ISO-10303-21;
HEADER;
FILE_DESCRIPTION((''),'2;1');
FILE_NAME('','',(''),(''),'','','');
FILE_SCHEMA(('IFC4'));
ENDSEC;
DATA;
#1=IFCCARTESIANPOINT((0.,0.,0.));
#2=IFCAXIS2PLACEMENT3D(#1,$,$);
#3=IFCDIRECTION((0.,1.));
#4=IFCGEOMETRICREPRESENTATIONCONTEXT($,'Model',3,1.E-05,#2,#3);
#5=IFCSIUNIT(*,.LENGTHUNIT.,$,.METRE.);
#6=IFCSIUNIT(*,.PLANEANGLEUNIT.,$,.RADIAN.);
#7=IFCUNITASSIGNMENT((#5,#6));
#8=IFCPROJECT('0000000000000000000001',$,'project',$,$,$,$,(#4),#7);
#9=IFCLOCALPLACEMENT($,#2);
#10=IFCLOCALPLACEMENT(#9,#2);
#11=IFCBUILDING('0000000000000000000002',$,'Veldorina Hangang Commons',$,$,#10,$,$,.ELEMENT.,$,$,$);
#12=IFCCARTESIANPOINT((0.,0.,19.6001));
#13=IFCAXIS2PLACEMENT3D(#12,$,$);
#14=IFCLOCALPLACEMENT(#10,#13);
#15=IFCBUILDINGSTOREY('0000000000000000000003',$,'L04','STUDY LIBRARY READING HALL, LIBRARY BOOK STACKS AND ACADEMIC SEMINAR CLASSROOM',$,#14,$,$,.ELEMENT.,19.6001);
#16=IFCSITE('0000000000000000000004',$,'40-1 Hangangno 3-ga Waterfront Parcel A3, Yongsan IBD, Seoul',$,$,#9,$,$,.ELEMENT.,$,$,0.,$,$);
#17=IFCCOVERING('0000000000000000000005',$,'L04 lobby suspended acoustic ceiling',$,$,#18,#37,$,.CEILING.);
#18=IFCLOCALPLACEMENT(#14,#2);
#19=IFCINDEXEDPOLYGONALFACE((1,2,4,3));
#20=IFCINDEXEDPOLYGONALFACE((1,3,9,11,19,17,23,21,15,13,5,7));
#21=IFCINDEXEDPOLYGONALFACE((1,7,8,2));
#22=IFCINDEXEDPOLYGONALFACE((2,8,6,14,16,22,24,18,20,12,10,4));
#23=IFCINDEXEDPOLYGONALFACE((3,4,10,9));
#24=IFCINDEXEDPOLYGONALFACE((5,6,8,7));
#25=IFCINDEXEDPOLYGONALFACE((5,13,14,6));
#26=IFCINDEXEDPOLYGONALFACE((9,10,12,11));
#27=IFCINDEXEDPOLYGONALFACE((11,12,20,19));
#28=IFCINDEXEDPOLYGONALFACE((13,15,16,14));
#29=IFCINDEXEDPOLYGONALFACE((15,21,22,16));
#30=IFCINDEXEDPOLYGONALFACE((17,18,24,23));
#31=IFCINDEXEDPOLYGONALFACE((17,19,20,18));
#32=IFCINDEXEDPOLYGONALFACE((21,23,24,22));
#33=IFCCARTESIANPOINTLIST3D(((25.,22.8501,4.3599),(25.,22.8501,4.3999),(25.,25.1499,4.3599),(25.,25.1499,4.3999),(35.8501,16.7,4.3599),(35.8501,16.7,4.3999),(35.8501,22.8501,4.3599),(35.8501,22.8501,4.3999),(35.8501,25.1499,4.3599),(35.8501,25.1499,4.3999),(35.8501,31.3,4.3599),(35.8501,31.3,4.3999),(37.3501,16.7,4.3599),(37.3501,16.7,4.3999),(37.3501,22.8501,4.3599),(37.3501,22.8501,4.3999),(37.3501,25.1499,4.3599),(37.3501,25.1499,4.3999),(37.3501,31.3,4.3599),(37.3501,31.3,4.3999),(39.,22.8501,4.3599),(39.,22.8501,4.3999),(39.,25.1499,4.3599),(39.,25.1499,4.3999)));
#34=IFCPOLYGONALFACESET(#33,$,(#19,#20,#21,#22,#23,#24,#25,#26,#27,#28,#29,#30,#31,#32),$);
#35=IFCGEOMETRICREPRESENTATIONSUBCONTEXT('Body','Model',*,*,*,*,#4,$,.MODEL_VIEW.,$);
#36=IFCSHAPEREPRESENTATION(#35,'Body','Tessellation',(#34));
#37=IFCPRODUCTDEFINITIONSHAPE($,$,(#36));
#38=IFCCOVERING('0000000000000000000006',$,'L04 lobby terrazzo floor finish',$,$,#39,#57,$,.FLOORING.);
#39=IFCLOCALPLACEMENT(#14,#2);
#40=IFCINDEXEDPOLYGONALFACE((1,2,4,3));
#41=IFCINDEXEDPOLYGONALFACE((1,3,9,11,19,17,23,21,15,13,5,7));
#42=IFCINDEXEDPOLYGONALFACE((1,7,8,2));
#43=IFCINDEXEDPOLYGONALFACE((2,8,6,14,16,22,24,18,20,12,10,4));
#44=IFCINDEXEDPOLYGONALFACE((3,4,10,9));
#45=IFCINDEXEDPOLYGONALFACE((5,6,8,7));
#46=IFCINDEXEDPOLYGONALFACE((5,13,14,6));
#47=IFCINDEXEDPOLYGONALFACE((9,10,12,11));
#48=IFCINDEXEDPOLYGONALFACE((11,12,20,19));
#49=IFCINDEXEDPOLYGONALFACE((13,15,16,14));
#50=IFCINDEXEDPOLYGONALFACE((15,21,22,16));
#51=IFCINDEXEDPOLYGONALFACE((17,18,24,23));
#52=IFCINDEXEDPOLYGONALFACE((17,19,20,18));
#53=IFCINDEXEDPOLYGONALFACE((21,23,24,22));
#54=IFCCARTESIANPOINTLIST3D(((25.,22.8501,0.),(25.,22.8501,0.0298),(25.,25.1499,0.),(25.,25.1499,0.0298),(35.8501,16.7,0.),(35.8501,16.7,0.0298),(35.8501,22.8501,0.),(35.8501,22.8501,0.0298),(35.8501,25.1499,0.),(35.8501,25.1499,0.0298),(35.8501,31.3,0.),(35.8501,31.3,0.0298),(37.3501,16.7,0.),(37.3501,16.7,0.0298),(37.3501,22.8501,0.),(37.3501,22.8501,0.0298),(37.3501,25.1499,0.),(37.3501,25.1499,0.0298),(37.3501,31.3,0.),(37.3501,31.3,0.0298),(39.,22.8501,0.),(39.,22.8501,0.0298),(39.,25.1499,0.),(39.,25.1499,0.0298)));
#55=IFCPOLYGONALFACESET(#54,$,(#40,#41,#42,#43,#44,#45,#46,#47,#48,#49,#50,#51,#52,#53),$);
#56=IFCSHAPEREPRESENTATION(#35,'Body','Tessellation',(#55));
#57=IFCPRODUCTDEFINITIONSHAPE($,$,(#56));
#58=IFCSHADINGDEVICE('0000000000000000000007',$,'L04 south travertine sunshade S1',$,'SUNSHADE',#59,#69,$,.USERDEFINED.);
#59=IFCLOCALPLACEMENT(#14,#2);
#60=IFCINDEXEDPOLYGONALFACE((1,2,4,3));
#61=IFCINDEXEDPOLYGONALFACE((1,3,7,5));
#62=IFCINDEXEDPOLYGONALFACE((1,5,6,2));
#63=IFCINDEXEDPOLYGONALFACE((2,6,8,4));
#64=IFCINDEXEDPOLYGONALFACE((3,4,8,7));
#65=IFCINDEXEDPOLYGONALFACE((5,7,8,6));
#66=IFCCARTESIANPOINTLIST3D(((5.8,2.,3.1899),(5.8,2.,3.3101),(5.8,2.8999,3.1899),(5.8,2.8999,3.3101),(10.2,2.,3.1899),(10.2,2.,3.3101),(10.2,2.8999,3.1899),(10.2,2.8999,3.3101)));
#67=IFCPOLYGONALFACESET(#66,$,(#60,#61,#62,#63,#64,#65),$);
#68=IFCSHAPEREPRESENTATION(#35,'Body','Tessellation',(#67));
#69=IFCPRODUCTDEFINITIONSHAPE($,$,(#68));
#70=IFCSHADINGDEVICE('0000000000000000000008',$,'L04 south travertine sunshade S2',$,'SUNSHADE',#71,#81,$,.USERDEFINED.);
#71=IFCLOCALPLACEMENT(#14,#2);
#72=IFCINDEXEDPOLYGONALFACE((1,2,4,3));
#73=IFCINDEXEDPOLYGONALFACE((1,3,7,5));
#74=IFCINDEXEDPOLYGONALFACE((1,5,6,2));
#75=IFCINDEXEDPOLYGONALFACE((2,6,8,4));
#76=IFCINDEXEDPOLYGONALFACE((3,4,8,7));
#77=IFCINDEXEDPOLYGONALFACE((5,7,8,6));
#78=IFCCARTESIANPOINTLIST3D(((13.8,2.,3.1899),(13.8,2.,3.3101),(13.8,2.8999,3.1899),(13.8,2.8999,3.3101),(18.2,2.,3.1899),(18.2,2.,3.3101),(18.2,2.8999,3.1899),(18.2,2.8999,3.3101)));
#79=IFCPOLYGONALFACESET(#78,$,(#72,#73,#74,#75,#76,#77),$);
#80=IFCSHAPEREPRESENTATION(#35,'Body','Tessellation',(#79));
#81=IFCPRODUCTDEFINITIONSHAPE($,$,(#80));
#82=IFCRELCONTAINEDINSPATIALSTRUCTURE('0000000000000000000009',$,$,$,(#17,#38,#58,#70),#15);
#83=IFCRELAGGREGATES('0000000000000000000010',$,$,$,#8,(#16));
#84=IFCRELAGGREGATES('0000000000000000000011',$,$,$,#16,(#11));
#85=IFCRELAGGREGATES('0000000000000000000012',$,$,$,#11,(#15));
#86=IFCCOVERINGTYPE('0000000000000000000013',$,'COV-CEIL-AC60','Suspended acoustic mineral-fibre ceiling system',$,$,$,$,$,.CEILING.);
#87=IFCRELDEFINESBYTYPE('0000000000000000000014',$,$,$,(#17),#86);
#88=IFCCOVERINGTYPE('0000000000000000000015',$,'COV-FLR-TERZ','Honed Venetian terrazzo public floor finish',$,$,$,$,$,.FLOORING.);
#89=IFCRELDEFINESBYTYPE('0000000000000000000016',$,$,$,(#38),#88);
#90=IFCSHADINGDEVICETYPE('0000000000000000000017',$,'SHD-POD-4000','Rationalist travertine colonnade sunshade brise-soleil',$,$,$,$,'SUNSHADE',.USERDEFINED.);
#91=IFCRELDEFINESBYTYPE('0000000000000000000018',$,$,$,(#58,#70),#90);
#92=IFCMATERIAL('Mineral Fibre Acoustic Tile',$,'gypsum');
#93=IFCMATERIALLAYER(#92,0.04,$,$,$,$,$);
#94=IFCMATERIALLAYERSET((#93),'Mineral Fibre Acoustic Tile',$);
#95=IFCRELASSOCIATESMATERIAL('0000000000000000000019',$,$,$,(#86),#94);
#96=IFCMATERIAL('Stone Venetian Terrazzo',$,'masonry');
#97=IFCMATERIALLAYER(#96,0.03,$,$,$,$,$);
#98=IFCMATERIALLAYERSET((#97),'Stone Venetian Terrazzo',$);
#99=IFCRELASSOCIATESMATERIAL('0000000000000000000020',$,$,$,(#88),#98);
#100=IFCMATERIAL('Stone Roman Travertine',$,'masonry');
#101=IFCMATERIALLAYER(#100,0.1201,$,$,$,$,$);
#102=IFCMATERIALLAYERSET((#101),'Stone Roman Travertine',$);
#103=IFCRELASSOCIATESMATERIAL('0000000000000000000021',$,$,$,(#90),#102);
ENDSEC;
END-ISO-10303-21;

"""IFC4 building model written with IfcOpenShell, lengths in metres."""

from ifc_helpers import new_model, si_unit, direction, frame, origin, origin_2d, place, context, subcontext, project, spatial, polyline, rectangle, outline, extrude, material, layer, layer_set, type_object, element, save


model = new_model("IFC4")

# Units and contexts
model_context = context("Model", 3, precision=1e-05, world=origin(), true_north=direction((0.0, 1.0)))
body_context = subcontext(model_context, "Body", "Model", "MODEL_VIEW")
ifc_project = project(units=[si_unit("LENGTHUNIT", "METRE"), si_unit("PLANEANGLEUNIT", "RADIAN")], contexts=[model_context])

# Site, building, storey
site_placement = place(None, origin())
site = spatial("IfcSite", under=ifc_project, at=site_placement, Name="40-1 Hangangno 3-ga Waterfront Parcel A3, Yongsan IBD, Seoul", CompositionType="ELEMENT", RefElevation=0.0)
building_placement = place(site_placement, origin())
building = spatial("IfcBuilding", under=site, at=building_placement, Name="Veldorina Hangang Commons", CompositionType="ELEMENT")
storey_placement = place(building_placement, frame((0.0, 0.0, 19.6001)))
storey = spatial("IfcBuildingStorey", under=building, at=storey_placement, Name="L04", Description="STUDY LIBRARY READING HALL, LIBRARY BOOK STACKS AND ACADEMIC SEMINAR CLASSROOM", CompositionType="ELEMENT", Elevation=19.6001)

# Shared definitions
ifc_material_1 = material(Name="Stone Roman Travertine", Category="masonry")

# Coverings
ifc_material_2 = material(Name="Mineral Fibre Acoustic Tile", Category="gypsum")
ifc_layer_1 = layer(ifc_material_2, 0.04)
ifc_layer_set_1 = layer_set([ifc_layer_1], Name="Mineral Fibre Acoustic Tile")
covering_type_1 = type_object("IfcCoveringType", Name="COV-CEIL-AC60", Description="Suspended acoustic mineral-fibre ceiling system", PredefinedType="CEILING", material=ifc_layer_set_1)
covering_1_placement = place(storey_placement, frame((0.0, 0.0, 4.3599)))
element("IfcCovering", 1, at=covering_1_placement, inside=storey, type_object=covering_type_1, Name="L04 lobby suspended acoustic ceiling", PredefinedType="CEILING", context=body_context, shape_type="SweptSolid", body=[
    extrude(outline(polyline([(25.0, 22.8501), (35.8501, 22.8501), (35.8501, 16.7), (37.3501, 16.7), (37.3501, 22.8501), (39.0, 22.8501), (39.0, 25.1499), (37.3501, 25.1499), (37.3501, 31.3), (35.8501, 31.3), (35.8501, 25.1499), (25.0, 25.1499), (25.0, 22.8501)])), origin(), (0.0, 0.0, 1.0), 0.04),
])
ifc_material_3 = material(Name="Stone Venetian Terrazzo", Category="masonry")
ifc_layer_2 = layer(ifc_material_3, 0.03)
ifc_layer_set_2 = layer_set([ifc_layer_2], Name="Stone Venetian Terrazzo")
covering_type_2 = type_object("IfcCoveringType", Name="COV-FLR-TERZ", Description="Honed Venetian terrazzo public floor finish", PredefinedType="FLOORING", material=ifc_layer_set_2)
covering_2_placement = place(storey_placement, origin())
element("IfcCovering", 2, at=covering_2_placement, inside=storey, type_object=covering_type_2, Name="L04 lobby terrazzo floor finish", PredefinedType="FLOORING", context=body_context, shape_type="SweptSolid", body=[
    extrude(outline(polyline([(25.0, 22.8501), (35.8501, 22.8501), (35.8501, 16.7), (37.3501, 16.7), (37.3501, 22.8501), (39.0, 22.8501), (39.0, 25.1499), (37.3501, 25.1499), (37.3501, 31.3), (35.8501, 31.3), (35.8501, 25.1499), (25.0, 25.1499), (25.0, 22.8501)])), origin(), (0.0, 0.0, 1.0), 0.0298),
])

# Shading devices
ifc_layer_3 = layer(ifc_material_1, 0.1201)
ifc_layer_set_3 = layer_set([ifc_layer_3], Name="Stone Roman Travertine")
shading_device_type = type_object("IfcShadingDeviceType", Name="SHD-POD-4000", Description="Rationalist travertine colonnade sunshade brise-soleil", ElementType="SUNSHADE", PredefinedType="USERDEFINED", material=ifc_layer_set_3)
for number, where, z_axis, x_axis, name in (
    (3, (8.0, 2.45, 3.1899), (0.0, 0.0, 1.0), (1.0, 0.0, 0.0), "L04 south travertine sunshade S1"),
    (4, (16.0, 2.45, 3.1899), (0.0, 0.0, 1.0), (1.0, 0.0, 0.0), "L04 south travertine sunshade S2"),
):
    element("IfcShadingDevice", number, at=place(storey_placement, frame(where, z_axis=z_axis, x_axis=x_axis)), inside=storey, type_object=shading_device_type, Name=name, ObjectType="SUNSHADE", PredefinedType="USERDEFINED", context=body_context, shape_type="SweptSolid", body=[
        extrude(rectangle(XDim=4.3999, YDim=0.8999, at=origin_2d()), origin(), (0.0, 0.0, 1.0), 0.1201),
    ])

save(model, "model.ifc")
